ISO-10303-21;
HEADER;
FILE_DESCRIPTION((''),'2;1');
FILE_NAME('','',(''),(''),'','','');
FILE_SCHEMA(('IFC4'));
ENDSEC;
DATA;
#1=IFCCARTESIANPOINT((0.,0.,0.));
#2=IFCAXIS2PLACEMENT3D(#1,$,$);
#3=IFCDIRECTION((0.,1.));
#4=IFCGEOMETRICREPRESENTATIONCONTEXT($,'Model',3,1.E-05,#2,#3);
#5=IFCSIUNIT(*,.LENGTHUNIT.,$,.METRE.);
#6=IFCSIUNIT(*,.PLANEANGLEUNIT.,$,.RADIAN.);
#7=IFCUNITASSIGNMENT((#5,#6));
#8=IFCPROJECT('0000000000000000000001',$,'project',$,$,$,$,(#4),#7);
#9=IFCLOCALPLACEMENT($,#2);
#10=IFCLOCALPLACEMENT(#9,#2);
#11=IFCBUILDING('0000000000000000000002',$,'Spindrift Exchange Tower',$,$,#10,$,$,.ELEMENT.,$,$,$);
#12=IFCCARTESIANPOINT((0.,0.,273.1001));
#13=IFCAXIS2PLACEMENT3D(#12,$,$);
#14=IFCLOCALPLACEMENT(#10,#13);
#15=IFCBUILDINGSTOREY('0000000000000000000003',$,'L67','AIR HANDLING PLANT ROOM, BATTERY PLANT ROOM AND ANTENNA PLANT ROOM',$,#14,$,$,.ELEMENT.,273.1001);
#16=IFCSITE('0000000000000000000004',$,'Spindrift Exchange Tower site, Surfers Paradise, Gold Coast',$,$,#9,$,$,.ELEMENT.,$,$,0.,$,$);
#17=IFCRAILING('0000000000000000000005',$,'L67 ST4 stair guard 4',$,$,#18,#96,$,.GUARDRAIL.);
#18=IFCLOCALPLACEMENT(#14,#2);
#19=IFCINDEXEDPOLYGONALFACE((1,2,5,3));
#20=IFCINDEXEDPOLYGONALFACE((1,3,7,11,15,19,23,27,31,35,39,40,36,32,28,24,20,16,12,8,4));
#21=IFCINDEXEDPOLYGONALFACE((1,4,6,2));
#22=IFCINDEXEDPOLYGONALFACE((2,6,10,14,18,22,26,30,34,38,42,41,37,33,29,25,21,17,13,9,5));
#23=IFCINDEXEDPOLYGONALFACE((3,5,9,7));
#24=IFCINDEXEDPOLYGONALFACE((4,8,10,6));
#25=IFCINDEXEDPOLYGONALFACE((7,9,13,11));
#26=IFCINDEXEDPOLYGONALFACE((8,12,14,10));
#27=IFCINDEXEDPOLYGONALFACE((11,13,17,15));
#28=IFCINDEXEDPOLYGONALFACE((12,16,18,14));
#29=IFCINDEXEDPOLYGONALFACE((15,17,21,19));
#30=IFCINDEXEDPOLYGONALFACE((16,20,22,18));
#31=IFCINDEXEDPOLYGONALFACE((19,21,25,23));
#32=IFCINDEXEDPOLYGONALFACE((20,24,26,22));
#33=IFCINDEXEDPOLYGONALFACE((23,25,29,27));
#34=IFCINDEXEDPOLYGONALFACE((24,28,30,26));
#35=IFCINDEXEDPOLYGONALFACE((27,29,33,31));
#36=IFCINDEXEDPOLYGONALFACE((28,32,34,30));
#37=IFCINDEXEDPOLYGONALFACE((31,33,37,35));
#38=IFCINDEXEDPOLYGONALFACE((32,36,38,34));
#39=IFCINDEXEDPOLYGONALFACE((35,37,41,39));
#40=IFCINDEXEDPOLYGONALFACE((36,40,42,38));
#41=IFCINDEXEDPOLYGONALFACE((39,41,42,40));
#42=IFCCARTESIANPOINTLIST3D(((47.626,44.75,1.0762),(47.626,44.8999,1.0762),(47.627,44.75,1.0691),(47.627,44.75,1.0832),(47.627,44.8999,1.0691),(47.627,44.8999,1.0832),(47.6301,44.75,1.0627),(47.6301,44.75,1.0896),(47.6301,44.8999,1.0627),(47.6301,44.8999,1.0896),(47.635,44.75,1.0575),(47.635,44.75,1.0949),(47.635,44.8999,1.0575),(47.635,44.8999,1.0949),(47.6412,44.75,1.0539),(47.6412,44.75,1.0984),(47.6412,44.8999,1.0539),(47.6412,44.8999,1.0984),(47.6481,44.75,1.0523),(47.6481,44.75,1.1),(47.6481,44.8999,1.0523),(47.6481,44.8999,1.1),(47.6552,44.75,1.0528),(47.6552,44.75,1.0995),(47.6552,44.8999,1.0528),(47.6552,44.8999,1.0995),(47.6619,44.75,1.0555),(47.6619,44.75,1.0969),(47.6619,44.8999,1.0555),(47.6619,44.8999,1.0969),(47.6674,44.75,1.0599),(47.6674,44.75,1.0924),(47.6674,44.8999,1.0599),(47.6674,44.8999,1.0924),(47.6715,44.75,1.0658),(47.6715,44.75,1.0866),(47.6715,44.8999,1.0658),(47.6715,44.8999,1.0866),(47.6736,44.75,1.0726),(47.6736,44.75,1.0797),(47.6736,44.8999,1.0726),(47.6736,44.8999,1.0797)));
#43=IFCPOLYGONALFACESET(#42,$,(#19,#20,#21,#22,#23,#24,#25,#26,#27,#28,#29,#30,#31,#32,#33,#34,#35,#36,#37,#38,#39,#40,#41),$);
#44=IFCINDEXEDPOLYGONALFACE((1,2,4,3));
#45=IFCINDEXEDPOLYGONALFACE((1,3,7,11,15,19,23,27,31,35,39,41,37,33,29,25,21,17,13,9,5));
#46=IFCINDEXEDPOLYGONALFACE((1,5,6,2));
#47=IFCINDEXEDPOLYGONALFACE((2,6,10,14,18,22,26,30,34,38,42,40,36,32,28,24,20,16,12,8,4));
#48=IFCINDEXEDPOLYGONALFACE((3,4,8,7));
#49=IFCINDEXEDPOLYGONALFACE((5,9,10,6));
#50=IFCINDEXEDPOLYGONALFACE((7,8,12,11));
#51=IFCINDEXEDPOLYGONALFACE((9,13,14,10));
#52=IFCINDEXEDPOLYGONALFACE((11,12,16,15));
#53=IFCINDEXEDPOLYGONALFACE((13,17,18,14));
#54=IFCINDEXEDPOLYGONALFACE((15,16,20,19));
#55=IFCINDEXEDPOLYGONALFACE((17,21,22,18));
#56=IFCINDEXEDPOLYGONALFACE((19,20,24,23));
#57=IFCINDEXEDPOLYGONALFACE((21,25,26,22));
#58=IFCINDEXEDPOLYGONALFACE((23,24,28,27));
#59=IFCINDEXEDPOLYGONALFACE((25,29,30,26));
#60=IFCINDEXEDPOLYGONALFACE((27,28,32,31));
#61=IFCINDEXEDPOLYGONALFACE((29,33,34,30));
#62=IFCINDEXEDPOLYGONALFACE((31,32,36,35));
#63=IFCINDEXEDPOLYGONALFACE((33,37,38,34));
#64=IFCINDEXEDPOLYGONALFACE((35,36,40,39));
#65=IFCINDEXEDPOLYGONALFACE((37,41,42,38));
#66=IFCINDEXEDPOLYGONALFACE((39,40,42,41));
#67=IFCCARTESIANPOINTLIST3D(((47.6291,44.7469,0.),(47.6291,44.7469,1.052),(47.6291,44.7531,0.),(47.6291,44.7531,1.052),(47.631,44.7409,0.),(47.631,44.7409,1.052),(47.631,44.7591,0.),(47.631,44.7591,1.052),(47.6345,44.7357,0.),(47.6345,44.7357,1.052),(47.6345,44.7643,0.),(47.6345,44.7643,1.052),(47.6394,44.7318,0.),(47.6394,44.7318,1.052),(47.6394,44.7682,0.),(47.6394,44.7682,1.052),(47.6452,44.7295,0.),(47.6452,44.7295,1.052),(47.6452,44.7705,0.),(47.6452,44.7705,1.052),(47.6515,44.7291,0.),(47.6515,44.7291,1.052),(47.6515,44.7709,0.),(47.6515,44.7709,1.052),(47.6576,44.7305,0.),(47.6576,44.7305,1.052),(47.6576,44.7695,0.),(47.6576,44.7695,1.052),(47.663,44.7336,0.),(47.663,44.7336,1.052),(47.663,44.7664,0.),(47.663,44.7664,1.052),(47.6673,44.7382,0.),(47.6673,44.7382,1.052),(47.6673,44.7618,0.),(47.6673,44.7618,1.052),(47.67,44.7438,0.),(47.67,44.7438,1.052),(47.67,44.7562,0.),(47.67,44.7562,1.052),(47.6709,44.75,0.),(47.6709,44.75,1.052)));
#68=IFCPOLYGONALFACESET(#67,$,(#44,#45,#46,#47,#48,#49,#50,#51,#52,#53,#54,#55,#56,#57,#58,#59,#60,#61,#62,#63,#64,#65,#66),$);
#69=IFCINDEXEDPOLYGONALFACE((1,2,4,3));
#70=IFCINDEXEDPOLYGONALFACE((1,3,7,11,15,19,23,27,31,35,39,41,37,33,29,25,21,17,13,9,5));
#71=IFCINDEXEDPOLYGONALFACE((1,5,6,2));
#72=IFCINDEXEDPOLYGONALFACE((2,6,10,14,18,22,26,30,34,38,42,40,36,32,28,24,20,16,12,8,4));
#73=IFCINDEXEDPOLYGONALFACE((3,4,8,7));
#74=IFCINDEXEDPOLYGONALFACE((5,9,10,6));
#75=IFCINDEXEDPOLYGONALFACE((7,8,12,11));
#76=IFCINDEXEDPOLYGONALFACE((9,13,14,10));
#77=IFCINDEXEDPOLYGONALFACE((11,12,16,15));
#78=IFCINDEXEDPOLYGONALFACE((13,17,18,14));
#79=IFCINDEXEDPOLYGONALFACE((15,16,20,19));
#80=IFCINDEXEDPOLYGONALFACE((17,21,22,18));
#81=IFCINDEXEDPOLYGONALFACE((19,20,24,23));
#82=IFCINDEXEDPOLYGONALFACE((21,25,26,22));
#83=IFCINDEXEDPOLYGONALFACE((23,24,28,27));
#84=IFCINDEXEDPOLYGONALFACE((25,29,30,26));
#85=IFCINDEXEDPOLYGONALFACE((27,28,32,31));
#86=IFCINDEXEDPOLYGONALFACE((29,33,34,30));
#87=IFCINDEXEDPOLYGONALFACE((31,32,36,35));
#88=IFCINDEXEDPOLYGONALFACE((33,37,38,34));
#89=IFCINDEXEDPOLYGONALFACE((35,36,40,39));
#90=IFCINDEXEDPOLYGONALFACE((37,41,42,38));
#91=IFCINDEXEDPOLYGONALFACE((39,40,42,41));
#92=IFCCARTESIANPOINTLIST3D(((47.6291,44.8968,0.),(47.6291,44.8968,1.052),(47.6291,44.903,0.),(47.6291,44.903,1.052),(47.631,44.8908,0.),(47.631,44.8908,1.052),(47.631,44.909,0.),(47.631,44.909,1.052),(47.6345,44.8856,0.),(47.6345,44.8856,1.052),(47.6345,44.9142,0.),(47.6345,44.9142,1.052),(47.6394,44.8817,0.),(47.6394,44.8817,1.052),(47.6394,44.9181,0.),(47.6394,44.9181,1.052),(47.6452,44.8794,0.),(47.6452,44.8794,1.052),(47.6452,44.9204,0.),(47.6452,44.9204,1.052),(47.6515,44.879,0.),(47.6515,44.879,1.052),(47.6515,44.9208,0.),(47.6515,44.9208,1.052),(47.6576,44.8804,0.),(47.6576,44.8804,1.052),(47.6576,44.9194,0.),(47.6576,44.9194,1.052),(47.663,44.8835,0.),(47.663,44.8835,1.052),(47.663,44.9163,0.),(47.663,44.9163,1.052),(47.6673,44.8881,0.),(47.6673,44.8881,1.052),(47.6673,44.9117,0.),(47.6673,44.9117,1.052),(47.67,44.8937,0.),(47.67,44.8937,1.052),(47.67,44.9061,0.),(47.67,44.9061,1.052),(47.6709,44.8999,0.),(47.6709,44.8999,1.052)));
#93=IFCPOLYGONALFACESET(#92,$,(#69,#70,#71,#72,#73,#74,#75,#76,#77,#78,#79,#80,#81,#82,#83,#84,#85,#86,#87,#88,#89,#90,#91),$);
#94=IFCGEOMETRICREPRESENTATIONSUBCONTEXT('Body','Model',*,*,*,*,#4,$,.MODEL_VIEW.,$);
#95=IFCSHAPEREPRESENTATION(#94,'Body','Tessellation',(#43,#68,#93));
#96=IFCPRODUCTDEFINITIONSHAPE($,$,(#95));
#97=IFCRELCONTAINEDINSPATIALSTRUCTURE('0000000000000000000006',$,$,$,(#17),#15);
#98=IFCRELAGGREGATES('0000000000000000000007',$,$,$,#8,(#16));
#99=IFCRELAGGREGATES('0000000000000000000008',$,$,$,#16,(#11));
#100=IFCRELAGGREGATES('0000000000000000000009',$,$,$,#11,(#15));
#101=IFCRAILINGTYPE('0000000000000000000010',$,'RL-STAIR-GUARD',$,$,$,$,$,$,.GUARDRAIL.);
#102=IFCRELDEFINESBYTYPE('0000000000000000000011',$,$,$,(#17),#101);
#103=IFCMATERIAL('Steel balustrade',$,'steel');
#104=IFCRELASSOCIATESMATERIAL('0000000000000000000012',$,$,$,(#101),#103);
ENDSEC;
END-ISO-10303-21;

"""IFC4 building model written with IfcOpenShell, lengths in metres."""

from ifc_helpers import new_model, si_unit, direction, frame, origin, origin_2d, place, context, subcontext, project, spatial, circle, extrude, material, type_object, element, save


model = new_model("IFC4")

# Units and contexts
model_context = context("Model", 3, precision=1e-05, world=origin(), true_north=direction((0.0, 1.0)))
body_context = subcontext(model_context, "Body", "Model", "MODEL_VIEW")
ifc_project = project(units=[si_unit("LENGTHUNIT", "METRE"), si_unit("PLANEANGLEUNIT", "RADIAN")], contexts=[model_context])

# Site, building, storey
site_placement = place(None, origin())
site = spatial("IfcSite", under=ifc_project, at=site_placement, Name="Spindrift Exchange Tower site, Surfers Paradise, Gold Coast", CompositionType="ELEMENT", RefElevation=0.0)
building_placement = place(site_placement, origin())
building = spatial("IfcBuilding", under=site, at=building_placement, Name="Spindrift Exchange Tower", CompositionType="ELEMENT")
storey_placement = place(building_placement, frame((0.0, 0.0, 273.1001)))
storey = spatial("IfcBuildingStorey", under=building, at=storey_placement, Name="L67", Description="AIR HANDLING PLANT ROOM, BATTERY PLANT ROOM AND ANTENNA PLANT ROOM", CompositionType="ELEMENT", Elevation=273.1001)

# Railing
ifc_material_1 = material(Name="Steel balustrade", Category="steel")
railing_type_1 = type_object("IfcRailingType", Name="RL-STAIR-GUARD", PredefinedType="GUARDRAIL", material=ifc_material_1)
railing_1_placement = place(storey_placement, frame((47.6499, 44.75, 0.0)))
element("IfcRailing", 1, at=railing_1_placement, inside=storey, type_object=railing_type_1, Name="L67 ST4 stair guard 4", PredefinedType="GUARDRAIL", context=body_context, shape_type="SweptSolid", body=[
    extrude(circle(Radius=0.0239, at=origin_2d()), frame((0.0, 0.0, 1.0762), z_axis=(0.0, 1.0, 0.0), x_axis=(-1.0, 0.0, 0.0)), (0.0, 0.0, 1.0), 0.1499),
    extrude(circle(Radius=0.021, at=origin_2d()), origin(), (0.0, 0.0, 1.0), 1.052),
    extrude(circle(Radius=0.021, at=origin_2d()), frame((0.0, 0.1499, 0.0)), (0.0, 0.0, 1.0), 1.052),
])

save(model, "model.ifc")
